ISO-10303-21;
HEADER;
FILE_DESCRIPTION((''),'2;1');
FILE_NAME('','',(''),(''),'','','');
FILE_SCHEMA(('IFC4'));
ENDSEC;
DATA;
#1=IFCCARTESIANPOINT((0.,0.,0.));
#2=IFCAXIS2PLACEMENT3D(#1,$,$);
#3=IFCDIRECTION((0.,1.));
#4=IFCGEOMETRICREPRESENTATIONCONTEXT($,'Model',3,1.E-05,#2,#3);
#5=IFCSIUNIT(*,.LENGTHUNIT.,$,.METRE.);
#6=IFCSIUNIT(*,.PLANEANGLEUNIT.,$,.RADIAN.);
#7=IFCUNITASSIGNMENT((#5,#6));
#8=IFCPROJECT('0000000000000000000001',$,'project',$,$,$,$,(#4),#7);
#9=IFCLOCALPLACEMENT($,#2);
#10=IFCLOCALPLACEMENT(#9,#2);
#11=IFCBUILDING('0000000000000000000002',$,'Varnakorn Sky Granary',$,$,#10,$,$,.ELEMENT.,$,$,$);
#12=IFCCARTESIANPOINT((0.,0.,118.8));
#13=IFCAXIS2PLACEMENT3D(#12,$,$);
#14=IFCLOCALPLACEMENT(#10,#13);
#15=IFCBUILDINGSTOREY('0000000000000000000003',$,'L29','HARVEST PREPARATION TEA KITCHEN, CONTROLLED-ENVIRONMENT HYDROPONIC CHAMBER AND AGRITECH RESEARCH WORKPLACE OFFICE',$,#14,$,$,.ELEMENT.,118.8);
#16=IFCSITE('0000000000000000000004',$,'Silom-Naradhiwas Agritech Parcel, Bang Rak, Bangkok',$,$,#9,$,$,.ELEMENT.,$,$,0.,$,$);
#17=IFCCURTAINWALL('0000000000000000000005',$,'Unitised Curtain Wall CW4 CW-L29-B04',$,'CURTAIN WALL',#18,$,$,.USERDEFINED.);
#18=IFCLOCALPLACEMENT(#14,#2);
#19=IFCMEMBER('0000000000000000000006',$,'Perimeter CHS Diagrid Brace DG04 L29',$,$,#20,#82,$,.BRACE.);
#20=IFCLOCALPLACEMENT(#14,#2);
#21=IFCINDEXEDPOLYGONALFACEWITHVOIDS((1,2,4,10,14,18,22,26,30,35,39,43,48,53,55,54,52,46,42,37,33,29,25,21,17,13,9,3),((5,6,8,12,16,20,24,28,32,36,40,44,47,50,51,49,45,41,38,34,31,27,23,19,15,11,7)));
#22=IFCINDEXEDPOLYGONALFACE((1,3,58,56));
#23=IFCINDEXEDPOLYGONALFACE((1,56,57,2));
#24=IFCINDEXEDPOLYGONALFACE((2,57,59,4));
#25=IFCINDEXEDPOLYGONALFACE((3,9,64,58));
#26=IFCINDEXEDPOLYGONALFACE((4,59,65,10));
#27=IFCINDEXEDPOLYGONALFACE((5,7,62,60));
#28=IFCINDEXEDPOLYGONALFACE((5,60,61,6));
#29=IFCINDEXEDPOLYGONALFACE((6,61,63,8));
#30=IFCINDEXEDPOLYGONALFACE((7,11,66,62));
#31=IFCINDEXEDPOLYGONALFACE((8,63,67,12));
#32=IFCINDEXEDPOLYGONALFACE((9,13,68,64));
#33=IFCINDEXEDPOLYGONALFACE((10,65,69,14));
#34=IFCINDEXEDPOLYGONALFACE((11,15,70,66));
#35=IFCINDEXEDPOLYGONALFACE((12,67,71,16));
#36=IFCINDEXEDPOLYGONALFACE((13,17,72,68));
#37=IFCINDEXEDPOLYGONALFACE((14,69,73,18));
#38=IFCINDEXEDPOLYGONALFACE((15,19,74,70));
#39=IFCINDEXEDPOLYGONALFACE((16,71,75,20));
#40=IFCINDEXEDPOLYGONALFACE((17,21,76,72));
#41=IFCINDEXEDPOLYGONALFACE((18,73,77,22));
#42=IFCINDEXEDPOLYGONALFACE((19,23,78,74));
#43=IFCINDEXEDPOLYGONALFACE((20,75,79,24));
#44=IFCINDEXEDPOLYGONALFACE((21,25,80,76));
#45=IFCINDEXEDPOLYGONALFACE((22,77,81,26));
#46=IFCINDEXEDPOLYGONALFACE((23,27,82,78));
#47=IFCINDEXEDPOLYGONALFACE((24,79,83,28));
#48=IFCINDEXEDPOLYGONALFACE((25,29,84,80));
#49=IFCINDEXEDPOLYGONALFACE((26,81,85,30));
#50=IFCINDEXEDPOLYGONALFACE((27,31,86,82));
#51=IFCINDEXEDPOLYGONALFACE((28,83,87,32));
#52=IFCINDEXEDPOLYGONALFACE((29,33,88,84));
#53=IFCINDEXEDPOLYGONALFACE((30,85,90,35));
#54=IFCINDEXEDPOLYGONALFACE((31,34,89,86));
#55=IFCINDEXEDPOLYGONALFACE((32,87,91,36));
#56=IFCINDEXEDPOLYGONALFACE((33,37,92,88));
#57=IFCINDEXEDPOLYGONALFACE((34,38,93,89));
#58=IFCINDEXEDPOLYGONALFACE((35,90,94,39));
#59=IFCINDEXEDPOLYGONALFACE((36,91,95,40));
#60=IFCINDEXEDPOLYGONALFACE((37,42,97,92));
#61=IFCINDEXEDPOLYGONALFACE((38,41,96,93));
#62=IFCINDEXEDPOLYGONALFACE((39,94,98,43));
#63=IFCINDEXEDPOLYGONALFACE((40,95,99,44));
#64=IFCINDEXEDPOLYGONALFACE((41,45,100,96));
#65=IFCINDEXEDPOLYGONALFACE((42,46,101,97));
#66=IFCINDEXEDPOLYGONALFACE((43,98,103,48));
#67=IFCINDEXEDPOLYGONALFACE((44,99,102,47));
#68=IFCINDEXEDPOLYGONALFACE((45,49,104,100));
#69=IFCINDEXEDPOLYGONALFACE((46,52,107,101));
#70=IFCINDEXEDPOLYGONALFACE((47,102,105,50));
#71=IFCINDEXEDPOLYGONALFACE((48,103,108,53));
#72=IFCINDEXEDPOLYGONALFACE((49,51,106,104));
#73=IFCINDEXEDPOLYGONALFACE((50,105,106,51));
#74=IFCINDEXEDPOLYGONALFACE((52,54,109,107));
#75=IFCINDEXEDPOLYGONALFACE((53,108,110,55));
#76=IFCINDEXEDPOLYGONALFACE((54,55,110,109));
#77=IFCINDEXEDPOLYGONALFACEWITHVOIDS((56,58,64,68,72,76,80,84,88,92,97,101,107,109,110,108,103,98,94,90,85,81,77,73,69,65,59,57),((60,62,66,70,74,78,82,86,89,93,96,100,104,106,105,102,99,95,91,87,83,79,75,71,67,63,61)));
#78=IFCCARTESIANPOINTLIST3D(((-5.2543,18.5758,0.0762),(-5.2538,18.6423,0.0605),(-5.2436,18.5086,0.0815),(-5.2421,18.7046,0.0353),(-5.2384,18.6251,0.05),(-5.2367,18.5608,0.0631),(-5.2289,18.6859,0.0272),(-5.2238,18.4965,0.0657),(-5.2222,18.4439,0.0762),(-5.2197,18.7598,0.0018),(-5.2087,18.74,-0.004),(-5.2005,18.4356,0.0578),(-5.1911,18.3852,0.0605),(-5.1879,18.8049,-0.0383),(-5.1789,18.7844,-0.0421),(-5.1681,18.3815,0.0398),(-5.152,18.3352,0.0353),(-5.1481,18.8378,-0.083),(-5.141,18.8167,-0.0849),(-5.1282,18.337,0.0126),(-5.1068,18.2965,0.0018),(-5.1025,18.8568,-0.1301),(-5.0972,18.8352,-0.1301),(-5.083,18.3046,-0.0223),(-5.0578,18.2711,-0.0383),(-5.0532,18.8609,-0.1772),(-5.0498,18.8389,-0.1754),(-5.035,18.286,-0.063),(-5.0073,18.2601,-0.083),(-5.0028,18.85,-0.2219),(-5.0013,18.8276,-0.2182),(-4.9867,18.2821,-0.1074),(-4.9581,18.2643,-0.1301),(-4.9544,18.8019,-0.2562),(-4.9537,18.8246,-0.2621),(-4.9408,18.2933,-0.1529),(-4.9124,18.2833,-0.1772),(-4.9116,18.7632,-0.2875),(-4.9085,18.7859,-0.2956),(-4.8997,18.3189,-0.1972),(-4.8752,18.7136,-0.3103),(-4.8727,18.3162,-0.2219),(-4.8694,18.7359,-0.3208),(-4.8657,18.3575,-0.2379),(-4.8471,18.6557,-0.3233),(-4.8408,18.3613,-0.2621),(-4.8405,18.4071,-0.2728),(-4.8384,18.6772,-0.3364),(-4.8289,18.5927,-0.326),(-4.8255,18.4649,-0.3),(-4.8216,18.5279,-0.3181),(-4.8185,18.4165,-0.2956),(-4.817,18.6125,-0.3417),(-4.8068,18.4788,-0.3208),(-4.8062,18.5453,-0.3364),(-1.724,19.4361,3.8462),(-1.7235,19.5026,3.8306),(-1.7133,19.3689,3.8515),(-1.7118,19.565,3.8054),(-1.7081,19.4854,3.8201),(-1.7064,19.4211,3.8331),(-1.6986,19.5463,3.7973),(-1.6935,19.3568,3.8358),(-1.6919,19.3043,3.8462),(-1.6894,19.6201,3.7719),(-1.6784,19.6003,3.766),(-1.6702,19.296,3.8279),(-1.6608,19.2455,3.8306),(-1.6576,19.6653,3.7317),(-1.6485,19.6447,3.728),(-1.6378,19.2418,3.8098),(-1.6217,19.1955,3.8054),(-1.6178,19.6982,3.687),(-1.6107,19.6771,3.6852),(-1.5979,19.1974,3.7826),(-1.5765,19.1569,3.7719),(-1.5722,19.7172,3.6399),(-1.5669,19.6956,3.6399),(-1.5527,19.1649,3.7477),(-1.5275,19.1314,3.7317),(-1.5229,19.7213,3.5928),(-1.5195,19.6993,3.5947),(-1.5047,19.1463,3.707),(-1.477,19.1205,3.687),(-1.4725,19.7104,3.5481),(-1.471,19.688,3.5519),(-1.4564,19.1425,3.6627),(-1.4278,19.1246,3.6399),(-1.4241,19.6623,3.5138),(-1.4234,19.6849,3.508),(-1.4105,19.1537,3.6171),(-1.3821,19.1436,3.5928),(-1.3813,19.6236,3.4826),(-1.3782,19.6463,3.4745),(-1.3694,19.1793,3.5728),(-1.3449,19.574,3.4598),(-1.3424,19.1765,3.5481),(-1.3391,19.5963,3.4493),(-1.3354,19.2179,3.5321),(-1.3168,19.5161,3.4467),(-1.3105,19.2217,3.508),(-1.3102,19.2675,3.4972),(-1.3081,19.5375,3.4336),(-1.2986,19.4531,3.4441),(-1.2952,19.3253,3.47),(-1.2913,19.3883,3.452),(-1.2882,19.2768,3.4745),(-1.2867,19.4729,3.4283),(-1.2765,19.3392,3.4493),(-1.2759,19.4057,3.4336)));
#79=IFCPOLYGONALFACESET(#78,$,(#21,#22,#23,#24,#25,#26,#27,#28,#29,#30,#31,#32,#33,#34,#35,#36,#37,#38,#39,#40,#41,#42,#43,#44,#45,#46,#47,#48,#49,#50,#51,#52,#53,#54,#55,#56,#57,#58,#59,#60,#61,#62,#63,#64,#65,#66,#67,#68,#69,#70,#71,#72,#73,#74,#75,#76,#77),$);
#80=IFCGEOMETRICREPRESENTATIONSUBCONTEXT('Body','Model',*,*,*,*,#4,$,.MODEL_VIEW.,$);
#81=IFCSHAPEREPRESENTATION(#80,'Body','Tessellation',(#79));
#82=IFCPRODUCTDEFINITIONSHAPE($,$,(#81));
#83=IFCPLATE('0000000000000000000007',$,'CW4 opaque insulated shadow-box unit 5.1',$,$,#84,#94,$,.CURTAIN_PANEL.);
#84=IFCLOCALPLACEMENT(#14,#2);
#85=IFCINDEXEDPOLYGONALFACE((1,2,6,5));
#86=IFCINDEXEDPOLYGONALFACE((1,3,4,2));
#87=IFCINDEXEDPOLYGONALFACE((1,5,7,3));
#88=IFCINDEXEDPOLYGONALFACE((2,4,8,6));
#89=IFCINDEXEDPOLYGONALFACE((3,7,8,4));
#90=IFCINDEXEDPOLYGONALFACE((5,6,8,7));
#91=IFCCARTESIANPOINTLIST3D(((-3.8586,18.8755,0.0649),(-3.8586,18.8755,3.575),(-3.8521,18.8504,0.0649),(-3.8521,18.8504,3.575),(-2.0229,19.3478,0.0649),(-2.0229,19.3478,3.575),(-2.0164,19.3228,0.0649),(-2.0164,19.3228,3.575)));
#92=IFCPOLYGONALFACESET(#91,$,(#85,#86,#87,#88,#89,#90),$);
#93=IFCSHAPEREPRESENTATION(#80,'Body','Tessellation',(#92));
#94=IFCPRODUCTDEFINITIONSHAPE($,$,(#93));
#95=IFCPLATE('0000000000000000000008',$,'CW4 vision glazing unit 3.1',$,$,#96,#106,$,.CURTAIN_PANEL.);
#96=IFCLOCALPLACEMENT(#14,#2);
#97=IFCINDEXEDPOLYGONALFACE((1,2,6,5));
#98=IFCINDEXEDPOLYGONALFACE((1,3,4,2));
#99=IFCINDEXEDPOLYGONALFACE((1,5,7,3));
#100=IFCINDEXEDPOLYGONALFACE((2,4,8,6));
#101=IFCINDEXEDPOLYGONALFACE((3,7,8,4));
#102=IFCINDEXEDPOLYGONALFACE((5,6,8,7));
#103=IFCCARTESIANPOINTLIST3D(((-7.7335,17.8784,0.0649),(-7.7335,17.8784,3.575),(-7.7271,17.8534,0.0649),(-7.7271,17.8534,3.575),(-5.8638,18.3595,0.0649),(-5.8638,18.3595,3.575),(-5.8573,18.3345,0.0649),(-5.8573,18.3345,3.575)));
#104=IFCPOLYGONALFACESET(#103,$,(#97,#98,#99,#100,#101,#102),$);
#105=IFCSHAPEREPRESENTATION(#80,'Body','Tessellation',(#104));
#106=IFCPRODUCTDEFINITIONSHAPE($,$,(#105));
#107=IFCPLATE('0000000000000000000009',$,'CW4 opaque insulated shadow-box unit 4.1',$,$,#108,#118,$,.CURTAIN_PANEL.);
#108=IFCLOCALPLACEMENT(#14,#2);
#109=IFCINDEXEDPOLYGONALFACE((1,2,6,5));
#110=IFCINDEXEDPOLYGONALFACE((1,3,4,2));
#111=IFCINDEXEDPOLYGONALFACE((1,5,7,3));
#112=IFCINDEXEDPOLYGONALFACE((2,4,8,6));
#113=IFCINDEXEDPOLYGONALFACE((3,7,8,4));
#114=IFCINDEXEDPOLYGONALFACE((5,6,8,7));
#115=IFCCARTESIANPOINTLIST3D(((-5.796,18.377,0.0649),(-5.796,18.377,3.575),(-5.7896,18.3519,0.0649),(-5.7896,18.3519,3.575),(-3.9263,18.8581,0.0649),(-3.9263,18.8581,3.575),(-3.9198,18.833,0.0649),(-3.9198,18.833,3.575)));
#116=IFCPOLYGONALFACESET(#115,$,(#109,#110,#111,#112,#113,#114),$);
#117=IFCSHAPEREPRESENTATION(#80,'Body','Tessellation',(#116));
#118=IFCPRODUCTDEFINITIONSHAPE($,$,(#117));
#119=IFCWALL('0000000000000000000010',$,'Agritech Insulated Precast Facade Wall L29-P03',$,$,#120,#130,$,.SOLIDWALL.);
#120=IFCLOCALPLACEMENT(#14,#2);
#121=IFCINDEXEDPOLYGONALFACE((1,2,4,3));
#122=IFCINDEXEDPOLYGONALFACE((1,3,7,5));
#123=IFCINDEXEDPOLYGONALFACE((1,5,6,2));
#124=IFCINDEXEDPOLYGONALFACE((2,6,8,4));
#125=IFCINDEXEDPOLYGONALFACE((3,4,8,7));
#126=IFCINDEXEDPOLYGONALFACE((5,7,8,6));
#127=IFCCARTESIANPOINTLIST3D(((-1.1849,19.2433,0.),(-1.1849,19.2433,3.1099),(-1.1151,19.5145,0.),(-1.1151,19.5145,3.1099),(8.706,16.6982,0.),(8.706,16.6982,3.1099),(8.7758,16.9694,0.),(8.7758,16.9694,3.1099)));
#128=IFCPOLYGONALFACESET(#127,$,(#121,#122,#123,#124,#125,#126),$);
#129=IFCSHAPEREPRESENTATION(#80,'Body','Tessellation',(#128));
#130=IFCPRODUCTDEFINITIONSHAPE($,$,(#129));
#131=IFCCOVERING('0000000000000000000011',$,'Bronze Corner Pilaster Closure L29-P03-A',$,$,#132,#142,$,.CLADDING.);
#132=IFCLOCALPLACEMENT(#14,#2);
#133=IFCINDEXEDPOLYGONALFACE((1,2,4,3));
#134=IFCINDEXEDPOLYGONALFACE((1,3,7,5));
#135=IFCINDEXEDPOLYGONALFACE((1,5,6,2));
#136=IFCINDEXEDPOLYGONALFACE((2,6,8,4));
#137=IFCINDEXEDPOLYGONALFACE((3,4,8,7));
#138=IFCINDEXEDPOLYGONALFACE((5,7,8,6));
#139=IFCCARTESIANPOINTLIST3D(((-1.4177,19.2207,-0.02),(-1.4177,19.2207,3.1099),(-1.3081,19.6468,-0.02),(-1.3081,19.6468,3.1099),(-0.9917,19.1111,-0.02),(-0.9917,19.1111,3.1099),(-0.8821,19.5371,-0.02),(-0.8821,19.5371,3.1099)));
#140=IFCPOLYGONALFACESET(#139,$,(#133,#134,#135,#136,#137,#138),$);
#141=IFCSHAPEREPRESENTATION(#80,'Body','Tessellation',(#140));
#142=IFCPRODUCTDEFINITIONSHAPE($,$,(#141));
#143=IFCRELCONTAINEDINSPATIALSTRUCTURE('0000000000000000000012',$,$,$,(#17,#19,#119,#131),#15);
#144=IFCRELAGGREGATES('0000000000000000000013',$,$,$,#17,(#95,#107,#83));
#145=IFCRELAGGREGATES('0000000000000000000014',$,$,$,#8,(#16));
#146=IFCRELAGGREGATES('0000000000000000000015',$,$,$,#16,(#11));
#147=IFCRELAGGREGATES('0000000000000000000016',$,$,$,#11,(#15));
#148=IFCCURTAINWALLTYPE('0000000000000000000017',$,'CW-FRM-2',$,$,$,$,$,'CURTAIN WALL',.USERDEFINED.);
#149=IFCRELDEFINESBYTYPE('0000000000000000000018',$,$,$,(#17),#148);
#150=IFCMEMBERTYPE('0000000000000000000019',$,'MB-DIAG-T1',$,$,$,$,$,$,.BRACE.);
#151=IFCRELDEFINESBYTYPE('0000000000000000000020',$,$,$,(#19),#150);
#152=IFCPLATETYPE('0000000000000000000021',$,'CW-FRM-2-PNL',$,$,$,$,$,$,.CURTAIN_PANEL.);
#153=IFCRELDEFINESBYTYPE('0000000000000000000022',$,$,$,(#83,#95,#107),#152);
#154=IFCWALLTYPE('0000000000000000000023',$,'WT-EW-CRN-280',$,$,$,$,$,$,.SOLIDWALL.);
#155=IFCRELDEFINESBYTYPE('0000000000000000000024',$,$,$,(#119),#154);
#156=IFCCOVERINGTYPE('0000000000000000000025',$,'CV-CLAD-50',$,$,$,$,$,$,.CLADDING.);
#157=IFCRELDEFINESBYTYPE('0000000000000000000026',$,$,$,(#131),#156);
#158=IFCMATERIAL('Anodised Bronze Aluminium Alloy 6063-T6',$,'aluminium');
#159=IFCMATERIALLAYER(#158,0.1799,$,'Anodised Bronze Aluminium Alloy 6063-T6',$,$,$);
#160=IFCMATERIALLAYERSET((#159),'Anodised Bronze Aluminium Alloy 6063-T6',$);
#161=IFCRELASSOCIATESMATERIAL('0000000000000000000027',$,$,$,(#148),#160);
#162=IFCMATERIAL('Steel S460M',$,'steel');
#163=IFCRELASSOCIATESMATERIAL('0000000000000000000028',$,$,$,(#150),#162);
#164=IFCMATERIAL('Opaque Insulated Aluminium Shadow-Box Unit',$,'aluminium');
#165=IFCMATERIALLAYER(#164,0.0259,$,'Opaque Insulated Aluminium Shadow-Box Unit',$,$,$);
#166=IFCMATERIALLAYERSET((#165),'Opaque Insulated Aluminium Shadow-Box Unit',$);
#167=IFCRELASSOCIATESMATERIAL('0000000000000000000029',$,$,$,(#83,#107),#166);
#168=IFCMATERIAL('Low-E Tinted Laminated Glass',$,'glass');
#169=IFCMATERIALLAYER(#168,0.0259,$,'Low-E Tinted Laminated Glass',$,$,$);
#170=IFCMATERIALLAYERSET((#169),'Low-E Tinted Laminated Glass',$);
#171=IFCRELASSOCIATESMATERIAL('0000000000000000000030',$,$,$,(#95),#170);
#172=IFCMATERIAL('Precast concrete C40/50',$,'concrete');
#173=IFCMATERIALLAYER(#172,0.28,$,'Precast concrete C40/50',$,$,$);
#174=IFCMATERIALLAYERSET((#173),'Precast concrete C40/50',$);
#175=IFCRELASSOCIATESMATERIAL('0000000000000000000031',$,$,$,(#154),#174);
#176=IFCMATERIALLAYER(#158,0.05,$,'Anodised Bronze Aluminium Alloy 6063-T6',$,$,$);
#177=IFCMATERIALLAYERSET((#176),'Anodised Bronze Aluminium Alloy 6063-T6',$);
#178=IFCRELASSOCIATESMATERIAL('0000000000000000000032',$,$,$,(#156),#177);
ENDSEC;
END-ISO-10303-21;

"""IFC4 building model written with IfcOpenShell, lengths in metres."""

from ifc_helpers import new_model, si_unit, direction, frame, frame_2d, origin, origin_2d, place, context, subcontext, project, spatial, rectangle, hollow_circle, extrude, source, transform, mapped, material, layer, layer_set, material_profile, profile_set, type_object, type_shapes, element, aggregate, save


model = new_model("IFC4")

# Units and contexts
model_context = context("Model", 3, precision=1e-05, world=origin(), true_north=direction((0.0, 1.0)))
body_context = subcontext(model_context, "Body", "Model", "MODEL_VIEW")
ifc_project = project(units=[si_unit("LENGTHUNIT", "METRE"), si_unit("PLANEANGLEUNIT", "RADIAN")], contexts=[model_context])

# Site, building, storey
site_placement = place(None, origin())
site = spatial("IfcSite", under=ifc_project, at=site_placement, Name="Silom-Naradhiwas Agritech Parcel, Bang Rak, Bangkok", CompositionType="ELEMENT", RefElevation=0.0)
building_placement = place(site_placement, origin())
building = spatial("IfcBuilding", under=site, at=building_placement, Name="Varnakorn Sky Granary", CompositionType="ELEMENT")
storey_placement = place(building_placement, frame((0.0, 0.0, 118.8)))
storey = spatial("IfcBuildingStorey", under=building, at=storey_placement, Name="L29", Description="HARVEST PREPARATION TEA KITCHEN, CONTROLLED-ENVIRONMENT HYDROPONIC CHAMBER AND AGRITECH RESEARCH WORKPLACE OFFICE", CompositionType="ELEMENT", Elevation=118.8)

# Shared definitions
ifc_material_1 = material(Name="Steel S460M", Category="steel")

# Curtain wall
ifc_material_2 = material(Name="Anodised Bronze Aluminium Alloy 6063-T6", Category="aluminium")
ifc_layer_1 = layer(ifc_material_2, 0.1799, Name="Anodised Bronze Aluminium Alloy 6063-T6")
ifc_layer_set_1 = layer_set([ifc_layer_1], Name="Anodised Bronze Aluminium Alloy 6063-T6")
curtain_wall_type = type_object("IfcCurtainWallType", Name="CW-FRM-2", ElementType="CURTAIN WALL", PredefinedType="USERDEFINED", material=ifc_layer_set_1)
curtain_wall_placement = place(storey_placement, origin())
curtain_wall = element("IfcCurtainWall", 1, at=curtain_wall_placement, inside=storey, type_object=curtain_wall_type, Name="Unitised Curtain Wall CW4 CW-L29-B04", ObjectType="CURTAIN WALL", PredefinedType="USERDEFINED")

# Member
ifc_material_profile_1 = material_profile(ifc_material_1, hollow_circle(Radius=0.3049, WallThickness=0.0222, at=origin_2d()), Name="CHS 610x22")
ifc_profile_set_1 = profile_set([ifc_material_profile_1], Name="Steel S460M")
member_type_1 = type_object("IfcMemberType", Name="MB-DIAG-T1", PredefinedType="BRACE", material=ifc_profile_set_1)
member_1_placement = place(storey_placement, frame((-5.0303, 18.5605, -0.1301), z_axis=(0.674226, 0.164314, 0.720014), x_axis=(-0.236777, 0.971564, 0.0)))
element("IfcMember", 2, at=member_1_placement, inside=storey, type_object=member_type_1, Name="Perimeter CHS Diagrid Brace DG04 L29", PredefinedType="BRACE", context=body_context, shape_type="SweptSolid", body=[
    extrude(hollow_circle(Radius=0.3049, WallThickness=0.0222, at=origin_2d()), origin(), (0.0, 0.0, 1.0), 5.2361),
])

# Plates
ifc_material_3 = material(Name="Opaque Insulated Aluminium Shadow-Box Unit", Category="aluminium")
ifc_layer_2 = layer(ifc_material_3, 0.0259, Name="Opaque Insulated Aluminium Shadow-Box Unit")
ifc_layer_set_2 = layer_set([ifc_layer_2], Name="Opaque Insulated Aluminium Shadow-Box Unit")
plate_type = type_object("IfcPlateType", Name="CW-FRM-2-PNL", PredefinedType="CURTAIN_PANEL")
shared_shape_1 = source(origin(), body_context, "Body", "SweptSolid", [
    extrude(rectangle(XDim=1.8955, YDim=0.0259, at=origin_2d()), origin(), (0.0, 0.0, 1.0), 3.51),
])
plate_1_placement = place(storey_placement, frame((-2.9375, 19.0991, 0.0649), z_axis=(0.0, 0.0, 1.0), x_axis=(0.968453, 0.249196, 0.0)))
plate_1 = element("IfcPlate", 3, at=plate_1_placement, type_object=plate_type, material=ifc_layer_set_2, Name="CW4 opaque insulated shadow-box unit 5.1", PredefinedType="CURTAIN_PANEL", context=body_context, shape_type="MappedRepresentation", body=[
    mapped(shared_shape_1, transform((0.0, 0.0, 0.0), x_axis=(1.0, 0.0, 0.0), y_axis=(0.0, 1.0, 0.0), z_axis=(0.0, 0.0, 1.0), scale=1.0)),
])
ifc_material_4 = material(Name="Low-E Tinted Laminated Glass", Category="glass")
ifc_layer_3 = layer(ifc_material_4, 0.0259, Name="Low-E Tinted Laminated Glass")
ifc_layer_set_3 = layer_set([ifc_layer_3], Name="Low-E Tinted Laminated Glass")
shared_shape_2 = source(origin(), body_context, "Body", "SweptSolid", [
    extrude(rectangle(XDim=1.9307, YDim=0.0259, at=origin_2d()), origin(), (0.0, 0.0, 1.0), 3.51),
])
type_shapes(plate_type, [shared_shape_1, shared_shape_2])
plate_2_placement = place(storey_placement, frame((-6.7954, 18.1064, 0.0649), z_axis=(0.0, 0.0, 1.0), x_axis=(0.968453, 0.249196, 0.0)))
plate_2 = element("IfcPlate", 4, at=plate_2_placement, type_object=plate_type, material=ifc_layer_set_3, Name="CW4 vision glazing unit 3.1", PredefinedType="CURTAIN_PANEL", context=body_context, shape_type="MappedRepresentation", body=[
    mapped(shared_shape_2, transform((0.0, 0.0, 0.0), x_axis=(1.0, 0.0, 0.0), y_axis=(0.0, 1.0, 0.0), z_axis=(0.0, 0.0, 1.0), scale=1.0)),
])
plate_3_placement = place(storey_placement, frame((-4.8579, 18.605, 0.0649), z_axis=(0.0, 0.0, 1.0), x_axis=(0.968453, 0.249196, 0.0)))
plate_3 = element("IfcPlate", 5, at=plate_3_placement, type_object=plate_type, material=ifc_layer_set_2, Name="CW4 opaque insulated shadow-box unit 4.1", PredefinedType="CURTAIN_PANEL", context=body_context, shape_type="MappedRepresentation", body=[
    mapped(shared_shape_2, transform((0.0, 0.0, 0.0), x_axis=(1.0, 0.0, 0.0), y_axis=(0.0, 1.0, 0.0), z_axis=(0.0, 0.0, 1.0), scale=1.0)),
])
aggregate(curtain_wall, [plate_2, plate_3, plate_1])

# Wall
ifc_material_5 = material(Name="Precast concrete C40/50", Category="concrete")
ifc_layer_4 = layer(ifc_material_5, 0.28, Name="Precast concrete C40/50")
ifc_layer_set_4 = layer_set([ifc_layer_4], Name="Precast concrete C40/50")
wall_type = type_object("IfcWallType", Name="WT-EW-CRN-280", PredefinedType="SOLIDWALL", material=ifc_layer_set_4)
wall_placement = place(storey_placement, frame((-1.1499, 19.3789, 0.0), z_axis=(0.0, 0.0, 1.0), x_axis=(0.96845, -0.249206, 0.0)))
element("IfcWall", 6, at=wall_placement, inside=storey, type_object=wall_type, Name="Agritech Insulated Precast Facade Wall L29-P03", PredefinedType="SOLIDWALL", context=body_context, shape_type="SweptSolid", body=[
    extrude(rectangle(XDim=10.2131, YDim=0.28, at=frame_2d((5.1064, 0.0))), origin(), (0.0, 0.0, 1.0), 3.1099),
])

# Covering
ifc_layer_5 = layer(ifc_material_2, 0.05, Name="Anodised Bronze Aluminium Alloy 6063-T6")
ifc_layer_set_5 = layer_set([ifc_layer_5], Name="Anodised Bronze Aluminium Alloy 6063-T6")
covering_type = type_object("IfcCoveringType", Name="CV-CLAD-50", PredefinedType="CLADDING", material=ifc_layer_set_5)
shared_shape_3 = source(origin(), body_context, "Body", "SweptSolid", [
    extrude(rectangle(XDim=0.4399, YDim=0.4399, at=origin_2d()), origin(), (0.0, 0.0, 1.0), 3.1299),
])
type_shapes(covering_type, [shared_shape_3])
covering_placement = place(storey_placement, frame((-1.1499, 19.3789, -0.02), z_axis=(0.0, 0.0, 1.0), x_axis=(0.968453, -0.249197, 0.0)))
element("IfcCovering", 7, at=covering_placement, inside=storey, type_object=covering_type, Name="Bronze Corner Pilaster Closure L29-P03-A", PredefinedType="CLADDING", context=body_context, shape_type="MappedRepresentation", body=[
    mapped(shared_shape_3, transform((0.0, 0.0, 0.0), x_axis=(1.0, 0.0, 0.0), y_axis=(0.0, 1.0, 0.0), z_axis=(0.0, 0.0, 1.0), scale=1.0)),
])

save(model, "model.ifc")
